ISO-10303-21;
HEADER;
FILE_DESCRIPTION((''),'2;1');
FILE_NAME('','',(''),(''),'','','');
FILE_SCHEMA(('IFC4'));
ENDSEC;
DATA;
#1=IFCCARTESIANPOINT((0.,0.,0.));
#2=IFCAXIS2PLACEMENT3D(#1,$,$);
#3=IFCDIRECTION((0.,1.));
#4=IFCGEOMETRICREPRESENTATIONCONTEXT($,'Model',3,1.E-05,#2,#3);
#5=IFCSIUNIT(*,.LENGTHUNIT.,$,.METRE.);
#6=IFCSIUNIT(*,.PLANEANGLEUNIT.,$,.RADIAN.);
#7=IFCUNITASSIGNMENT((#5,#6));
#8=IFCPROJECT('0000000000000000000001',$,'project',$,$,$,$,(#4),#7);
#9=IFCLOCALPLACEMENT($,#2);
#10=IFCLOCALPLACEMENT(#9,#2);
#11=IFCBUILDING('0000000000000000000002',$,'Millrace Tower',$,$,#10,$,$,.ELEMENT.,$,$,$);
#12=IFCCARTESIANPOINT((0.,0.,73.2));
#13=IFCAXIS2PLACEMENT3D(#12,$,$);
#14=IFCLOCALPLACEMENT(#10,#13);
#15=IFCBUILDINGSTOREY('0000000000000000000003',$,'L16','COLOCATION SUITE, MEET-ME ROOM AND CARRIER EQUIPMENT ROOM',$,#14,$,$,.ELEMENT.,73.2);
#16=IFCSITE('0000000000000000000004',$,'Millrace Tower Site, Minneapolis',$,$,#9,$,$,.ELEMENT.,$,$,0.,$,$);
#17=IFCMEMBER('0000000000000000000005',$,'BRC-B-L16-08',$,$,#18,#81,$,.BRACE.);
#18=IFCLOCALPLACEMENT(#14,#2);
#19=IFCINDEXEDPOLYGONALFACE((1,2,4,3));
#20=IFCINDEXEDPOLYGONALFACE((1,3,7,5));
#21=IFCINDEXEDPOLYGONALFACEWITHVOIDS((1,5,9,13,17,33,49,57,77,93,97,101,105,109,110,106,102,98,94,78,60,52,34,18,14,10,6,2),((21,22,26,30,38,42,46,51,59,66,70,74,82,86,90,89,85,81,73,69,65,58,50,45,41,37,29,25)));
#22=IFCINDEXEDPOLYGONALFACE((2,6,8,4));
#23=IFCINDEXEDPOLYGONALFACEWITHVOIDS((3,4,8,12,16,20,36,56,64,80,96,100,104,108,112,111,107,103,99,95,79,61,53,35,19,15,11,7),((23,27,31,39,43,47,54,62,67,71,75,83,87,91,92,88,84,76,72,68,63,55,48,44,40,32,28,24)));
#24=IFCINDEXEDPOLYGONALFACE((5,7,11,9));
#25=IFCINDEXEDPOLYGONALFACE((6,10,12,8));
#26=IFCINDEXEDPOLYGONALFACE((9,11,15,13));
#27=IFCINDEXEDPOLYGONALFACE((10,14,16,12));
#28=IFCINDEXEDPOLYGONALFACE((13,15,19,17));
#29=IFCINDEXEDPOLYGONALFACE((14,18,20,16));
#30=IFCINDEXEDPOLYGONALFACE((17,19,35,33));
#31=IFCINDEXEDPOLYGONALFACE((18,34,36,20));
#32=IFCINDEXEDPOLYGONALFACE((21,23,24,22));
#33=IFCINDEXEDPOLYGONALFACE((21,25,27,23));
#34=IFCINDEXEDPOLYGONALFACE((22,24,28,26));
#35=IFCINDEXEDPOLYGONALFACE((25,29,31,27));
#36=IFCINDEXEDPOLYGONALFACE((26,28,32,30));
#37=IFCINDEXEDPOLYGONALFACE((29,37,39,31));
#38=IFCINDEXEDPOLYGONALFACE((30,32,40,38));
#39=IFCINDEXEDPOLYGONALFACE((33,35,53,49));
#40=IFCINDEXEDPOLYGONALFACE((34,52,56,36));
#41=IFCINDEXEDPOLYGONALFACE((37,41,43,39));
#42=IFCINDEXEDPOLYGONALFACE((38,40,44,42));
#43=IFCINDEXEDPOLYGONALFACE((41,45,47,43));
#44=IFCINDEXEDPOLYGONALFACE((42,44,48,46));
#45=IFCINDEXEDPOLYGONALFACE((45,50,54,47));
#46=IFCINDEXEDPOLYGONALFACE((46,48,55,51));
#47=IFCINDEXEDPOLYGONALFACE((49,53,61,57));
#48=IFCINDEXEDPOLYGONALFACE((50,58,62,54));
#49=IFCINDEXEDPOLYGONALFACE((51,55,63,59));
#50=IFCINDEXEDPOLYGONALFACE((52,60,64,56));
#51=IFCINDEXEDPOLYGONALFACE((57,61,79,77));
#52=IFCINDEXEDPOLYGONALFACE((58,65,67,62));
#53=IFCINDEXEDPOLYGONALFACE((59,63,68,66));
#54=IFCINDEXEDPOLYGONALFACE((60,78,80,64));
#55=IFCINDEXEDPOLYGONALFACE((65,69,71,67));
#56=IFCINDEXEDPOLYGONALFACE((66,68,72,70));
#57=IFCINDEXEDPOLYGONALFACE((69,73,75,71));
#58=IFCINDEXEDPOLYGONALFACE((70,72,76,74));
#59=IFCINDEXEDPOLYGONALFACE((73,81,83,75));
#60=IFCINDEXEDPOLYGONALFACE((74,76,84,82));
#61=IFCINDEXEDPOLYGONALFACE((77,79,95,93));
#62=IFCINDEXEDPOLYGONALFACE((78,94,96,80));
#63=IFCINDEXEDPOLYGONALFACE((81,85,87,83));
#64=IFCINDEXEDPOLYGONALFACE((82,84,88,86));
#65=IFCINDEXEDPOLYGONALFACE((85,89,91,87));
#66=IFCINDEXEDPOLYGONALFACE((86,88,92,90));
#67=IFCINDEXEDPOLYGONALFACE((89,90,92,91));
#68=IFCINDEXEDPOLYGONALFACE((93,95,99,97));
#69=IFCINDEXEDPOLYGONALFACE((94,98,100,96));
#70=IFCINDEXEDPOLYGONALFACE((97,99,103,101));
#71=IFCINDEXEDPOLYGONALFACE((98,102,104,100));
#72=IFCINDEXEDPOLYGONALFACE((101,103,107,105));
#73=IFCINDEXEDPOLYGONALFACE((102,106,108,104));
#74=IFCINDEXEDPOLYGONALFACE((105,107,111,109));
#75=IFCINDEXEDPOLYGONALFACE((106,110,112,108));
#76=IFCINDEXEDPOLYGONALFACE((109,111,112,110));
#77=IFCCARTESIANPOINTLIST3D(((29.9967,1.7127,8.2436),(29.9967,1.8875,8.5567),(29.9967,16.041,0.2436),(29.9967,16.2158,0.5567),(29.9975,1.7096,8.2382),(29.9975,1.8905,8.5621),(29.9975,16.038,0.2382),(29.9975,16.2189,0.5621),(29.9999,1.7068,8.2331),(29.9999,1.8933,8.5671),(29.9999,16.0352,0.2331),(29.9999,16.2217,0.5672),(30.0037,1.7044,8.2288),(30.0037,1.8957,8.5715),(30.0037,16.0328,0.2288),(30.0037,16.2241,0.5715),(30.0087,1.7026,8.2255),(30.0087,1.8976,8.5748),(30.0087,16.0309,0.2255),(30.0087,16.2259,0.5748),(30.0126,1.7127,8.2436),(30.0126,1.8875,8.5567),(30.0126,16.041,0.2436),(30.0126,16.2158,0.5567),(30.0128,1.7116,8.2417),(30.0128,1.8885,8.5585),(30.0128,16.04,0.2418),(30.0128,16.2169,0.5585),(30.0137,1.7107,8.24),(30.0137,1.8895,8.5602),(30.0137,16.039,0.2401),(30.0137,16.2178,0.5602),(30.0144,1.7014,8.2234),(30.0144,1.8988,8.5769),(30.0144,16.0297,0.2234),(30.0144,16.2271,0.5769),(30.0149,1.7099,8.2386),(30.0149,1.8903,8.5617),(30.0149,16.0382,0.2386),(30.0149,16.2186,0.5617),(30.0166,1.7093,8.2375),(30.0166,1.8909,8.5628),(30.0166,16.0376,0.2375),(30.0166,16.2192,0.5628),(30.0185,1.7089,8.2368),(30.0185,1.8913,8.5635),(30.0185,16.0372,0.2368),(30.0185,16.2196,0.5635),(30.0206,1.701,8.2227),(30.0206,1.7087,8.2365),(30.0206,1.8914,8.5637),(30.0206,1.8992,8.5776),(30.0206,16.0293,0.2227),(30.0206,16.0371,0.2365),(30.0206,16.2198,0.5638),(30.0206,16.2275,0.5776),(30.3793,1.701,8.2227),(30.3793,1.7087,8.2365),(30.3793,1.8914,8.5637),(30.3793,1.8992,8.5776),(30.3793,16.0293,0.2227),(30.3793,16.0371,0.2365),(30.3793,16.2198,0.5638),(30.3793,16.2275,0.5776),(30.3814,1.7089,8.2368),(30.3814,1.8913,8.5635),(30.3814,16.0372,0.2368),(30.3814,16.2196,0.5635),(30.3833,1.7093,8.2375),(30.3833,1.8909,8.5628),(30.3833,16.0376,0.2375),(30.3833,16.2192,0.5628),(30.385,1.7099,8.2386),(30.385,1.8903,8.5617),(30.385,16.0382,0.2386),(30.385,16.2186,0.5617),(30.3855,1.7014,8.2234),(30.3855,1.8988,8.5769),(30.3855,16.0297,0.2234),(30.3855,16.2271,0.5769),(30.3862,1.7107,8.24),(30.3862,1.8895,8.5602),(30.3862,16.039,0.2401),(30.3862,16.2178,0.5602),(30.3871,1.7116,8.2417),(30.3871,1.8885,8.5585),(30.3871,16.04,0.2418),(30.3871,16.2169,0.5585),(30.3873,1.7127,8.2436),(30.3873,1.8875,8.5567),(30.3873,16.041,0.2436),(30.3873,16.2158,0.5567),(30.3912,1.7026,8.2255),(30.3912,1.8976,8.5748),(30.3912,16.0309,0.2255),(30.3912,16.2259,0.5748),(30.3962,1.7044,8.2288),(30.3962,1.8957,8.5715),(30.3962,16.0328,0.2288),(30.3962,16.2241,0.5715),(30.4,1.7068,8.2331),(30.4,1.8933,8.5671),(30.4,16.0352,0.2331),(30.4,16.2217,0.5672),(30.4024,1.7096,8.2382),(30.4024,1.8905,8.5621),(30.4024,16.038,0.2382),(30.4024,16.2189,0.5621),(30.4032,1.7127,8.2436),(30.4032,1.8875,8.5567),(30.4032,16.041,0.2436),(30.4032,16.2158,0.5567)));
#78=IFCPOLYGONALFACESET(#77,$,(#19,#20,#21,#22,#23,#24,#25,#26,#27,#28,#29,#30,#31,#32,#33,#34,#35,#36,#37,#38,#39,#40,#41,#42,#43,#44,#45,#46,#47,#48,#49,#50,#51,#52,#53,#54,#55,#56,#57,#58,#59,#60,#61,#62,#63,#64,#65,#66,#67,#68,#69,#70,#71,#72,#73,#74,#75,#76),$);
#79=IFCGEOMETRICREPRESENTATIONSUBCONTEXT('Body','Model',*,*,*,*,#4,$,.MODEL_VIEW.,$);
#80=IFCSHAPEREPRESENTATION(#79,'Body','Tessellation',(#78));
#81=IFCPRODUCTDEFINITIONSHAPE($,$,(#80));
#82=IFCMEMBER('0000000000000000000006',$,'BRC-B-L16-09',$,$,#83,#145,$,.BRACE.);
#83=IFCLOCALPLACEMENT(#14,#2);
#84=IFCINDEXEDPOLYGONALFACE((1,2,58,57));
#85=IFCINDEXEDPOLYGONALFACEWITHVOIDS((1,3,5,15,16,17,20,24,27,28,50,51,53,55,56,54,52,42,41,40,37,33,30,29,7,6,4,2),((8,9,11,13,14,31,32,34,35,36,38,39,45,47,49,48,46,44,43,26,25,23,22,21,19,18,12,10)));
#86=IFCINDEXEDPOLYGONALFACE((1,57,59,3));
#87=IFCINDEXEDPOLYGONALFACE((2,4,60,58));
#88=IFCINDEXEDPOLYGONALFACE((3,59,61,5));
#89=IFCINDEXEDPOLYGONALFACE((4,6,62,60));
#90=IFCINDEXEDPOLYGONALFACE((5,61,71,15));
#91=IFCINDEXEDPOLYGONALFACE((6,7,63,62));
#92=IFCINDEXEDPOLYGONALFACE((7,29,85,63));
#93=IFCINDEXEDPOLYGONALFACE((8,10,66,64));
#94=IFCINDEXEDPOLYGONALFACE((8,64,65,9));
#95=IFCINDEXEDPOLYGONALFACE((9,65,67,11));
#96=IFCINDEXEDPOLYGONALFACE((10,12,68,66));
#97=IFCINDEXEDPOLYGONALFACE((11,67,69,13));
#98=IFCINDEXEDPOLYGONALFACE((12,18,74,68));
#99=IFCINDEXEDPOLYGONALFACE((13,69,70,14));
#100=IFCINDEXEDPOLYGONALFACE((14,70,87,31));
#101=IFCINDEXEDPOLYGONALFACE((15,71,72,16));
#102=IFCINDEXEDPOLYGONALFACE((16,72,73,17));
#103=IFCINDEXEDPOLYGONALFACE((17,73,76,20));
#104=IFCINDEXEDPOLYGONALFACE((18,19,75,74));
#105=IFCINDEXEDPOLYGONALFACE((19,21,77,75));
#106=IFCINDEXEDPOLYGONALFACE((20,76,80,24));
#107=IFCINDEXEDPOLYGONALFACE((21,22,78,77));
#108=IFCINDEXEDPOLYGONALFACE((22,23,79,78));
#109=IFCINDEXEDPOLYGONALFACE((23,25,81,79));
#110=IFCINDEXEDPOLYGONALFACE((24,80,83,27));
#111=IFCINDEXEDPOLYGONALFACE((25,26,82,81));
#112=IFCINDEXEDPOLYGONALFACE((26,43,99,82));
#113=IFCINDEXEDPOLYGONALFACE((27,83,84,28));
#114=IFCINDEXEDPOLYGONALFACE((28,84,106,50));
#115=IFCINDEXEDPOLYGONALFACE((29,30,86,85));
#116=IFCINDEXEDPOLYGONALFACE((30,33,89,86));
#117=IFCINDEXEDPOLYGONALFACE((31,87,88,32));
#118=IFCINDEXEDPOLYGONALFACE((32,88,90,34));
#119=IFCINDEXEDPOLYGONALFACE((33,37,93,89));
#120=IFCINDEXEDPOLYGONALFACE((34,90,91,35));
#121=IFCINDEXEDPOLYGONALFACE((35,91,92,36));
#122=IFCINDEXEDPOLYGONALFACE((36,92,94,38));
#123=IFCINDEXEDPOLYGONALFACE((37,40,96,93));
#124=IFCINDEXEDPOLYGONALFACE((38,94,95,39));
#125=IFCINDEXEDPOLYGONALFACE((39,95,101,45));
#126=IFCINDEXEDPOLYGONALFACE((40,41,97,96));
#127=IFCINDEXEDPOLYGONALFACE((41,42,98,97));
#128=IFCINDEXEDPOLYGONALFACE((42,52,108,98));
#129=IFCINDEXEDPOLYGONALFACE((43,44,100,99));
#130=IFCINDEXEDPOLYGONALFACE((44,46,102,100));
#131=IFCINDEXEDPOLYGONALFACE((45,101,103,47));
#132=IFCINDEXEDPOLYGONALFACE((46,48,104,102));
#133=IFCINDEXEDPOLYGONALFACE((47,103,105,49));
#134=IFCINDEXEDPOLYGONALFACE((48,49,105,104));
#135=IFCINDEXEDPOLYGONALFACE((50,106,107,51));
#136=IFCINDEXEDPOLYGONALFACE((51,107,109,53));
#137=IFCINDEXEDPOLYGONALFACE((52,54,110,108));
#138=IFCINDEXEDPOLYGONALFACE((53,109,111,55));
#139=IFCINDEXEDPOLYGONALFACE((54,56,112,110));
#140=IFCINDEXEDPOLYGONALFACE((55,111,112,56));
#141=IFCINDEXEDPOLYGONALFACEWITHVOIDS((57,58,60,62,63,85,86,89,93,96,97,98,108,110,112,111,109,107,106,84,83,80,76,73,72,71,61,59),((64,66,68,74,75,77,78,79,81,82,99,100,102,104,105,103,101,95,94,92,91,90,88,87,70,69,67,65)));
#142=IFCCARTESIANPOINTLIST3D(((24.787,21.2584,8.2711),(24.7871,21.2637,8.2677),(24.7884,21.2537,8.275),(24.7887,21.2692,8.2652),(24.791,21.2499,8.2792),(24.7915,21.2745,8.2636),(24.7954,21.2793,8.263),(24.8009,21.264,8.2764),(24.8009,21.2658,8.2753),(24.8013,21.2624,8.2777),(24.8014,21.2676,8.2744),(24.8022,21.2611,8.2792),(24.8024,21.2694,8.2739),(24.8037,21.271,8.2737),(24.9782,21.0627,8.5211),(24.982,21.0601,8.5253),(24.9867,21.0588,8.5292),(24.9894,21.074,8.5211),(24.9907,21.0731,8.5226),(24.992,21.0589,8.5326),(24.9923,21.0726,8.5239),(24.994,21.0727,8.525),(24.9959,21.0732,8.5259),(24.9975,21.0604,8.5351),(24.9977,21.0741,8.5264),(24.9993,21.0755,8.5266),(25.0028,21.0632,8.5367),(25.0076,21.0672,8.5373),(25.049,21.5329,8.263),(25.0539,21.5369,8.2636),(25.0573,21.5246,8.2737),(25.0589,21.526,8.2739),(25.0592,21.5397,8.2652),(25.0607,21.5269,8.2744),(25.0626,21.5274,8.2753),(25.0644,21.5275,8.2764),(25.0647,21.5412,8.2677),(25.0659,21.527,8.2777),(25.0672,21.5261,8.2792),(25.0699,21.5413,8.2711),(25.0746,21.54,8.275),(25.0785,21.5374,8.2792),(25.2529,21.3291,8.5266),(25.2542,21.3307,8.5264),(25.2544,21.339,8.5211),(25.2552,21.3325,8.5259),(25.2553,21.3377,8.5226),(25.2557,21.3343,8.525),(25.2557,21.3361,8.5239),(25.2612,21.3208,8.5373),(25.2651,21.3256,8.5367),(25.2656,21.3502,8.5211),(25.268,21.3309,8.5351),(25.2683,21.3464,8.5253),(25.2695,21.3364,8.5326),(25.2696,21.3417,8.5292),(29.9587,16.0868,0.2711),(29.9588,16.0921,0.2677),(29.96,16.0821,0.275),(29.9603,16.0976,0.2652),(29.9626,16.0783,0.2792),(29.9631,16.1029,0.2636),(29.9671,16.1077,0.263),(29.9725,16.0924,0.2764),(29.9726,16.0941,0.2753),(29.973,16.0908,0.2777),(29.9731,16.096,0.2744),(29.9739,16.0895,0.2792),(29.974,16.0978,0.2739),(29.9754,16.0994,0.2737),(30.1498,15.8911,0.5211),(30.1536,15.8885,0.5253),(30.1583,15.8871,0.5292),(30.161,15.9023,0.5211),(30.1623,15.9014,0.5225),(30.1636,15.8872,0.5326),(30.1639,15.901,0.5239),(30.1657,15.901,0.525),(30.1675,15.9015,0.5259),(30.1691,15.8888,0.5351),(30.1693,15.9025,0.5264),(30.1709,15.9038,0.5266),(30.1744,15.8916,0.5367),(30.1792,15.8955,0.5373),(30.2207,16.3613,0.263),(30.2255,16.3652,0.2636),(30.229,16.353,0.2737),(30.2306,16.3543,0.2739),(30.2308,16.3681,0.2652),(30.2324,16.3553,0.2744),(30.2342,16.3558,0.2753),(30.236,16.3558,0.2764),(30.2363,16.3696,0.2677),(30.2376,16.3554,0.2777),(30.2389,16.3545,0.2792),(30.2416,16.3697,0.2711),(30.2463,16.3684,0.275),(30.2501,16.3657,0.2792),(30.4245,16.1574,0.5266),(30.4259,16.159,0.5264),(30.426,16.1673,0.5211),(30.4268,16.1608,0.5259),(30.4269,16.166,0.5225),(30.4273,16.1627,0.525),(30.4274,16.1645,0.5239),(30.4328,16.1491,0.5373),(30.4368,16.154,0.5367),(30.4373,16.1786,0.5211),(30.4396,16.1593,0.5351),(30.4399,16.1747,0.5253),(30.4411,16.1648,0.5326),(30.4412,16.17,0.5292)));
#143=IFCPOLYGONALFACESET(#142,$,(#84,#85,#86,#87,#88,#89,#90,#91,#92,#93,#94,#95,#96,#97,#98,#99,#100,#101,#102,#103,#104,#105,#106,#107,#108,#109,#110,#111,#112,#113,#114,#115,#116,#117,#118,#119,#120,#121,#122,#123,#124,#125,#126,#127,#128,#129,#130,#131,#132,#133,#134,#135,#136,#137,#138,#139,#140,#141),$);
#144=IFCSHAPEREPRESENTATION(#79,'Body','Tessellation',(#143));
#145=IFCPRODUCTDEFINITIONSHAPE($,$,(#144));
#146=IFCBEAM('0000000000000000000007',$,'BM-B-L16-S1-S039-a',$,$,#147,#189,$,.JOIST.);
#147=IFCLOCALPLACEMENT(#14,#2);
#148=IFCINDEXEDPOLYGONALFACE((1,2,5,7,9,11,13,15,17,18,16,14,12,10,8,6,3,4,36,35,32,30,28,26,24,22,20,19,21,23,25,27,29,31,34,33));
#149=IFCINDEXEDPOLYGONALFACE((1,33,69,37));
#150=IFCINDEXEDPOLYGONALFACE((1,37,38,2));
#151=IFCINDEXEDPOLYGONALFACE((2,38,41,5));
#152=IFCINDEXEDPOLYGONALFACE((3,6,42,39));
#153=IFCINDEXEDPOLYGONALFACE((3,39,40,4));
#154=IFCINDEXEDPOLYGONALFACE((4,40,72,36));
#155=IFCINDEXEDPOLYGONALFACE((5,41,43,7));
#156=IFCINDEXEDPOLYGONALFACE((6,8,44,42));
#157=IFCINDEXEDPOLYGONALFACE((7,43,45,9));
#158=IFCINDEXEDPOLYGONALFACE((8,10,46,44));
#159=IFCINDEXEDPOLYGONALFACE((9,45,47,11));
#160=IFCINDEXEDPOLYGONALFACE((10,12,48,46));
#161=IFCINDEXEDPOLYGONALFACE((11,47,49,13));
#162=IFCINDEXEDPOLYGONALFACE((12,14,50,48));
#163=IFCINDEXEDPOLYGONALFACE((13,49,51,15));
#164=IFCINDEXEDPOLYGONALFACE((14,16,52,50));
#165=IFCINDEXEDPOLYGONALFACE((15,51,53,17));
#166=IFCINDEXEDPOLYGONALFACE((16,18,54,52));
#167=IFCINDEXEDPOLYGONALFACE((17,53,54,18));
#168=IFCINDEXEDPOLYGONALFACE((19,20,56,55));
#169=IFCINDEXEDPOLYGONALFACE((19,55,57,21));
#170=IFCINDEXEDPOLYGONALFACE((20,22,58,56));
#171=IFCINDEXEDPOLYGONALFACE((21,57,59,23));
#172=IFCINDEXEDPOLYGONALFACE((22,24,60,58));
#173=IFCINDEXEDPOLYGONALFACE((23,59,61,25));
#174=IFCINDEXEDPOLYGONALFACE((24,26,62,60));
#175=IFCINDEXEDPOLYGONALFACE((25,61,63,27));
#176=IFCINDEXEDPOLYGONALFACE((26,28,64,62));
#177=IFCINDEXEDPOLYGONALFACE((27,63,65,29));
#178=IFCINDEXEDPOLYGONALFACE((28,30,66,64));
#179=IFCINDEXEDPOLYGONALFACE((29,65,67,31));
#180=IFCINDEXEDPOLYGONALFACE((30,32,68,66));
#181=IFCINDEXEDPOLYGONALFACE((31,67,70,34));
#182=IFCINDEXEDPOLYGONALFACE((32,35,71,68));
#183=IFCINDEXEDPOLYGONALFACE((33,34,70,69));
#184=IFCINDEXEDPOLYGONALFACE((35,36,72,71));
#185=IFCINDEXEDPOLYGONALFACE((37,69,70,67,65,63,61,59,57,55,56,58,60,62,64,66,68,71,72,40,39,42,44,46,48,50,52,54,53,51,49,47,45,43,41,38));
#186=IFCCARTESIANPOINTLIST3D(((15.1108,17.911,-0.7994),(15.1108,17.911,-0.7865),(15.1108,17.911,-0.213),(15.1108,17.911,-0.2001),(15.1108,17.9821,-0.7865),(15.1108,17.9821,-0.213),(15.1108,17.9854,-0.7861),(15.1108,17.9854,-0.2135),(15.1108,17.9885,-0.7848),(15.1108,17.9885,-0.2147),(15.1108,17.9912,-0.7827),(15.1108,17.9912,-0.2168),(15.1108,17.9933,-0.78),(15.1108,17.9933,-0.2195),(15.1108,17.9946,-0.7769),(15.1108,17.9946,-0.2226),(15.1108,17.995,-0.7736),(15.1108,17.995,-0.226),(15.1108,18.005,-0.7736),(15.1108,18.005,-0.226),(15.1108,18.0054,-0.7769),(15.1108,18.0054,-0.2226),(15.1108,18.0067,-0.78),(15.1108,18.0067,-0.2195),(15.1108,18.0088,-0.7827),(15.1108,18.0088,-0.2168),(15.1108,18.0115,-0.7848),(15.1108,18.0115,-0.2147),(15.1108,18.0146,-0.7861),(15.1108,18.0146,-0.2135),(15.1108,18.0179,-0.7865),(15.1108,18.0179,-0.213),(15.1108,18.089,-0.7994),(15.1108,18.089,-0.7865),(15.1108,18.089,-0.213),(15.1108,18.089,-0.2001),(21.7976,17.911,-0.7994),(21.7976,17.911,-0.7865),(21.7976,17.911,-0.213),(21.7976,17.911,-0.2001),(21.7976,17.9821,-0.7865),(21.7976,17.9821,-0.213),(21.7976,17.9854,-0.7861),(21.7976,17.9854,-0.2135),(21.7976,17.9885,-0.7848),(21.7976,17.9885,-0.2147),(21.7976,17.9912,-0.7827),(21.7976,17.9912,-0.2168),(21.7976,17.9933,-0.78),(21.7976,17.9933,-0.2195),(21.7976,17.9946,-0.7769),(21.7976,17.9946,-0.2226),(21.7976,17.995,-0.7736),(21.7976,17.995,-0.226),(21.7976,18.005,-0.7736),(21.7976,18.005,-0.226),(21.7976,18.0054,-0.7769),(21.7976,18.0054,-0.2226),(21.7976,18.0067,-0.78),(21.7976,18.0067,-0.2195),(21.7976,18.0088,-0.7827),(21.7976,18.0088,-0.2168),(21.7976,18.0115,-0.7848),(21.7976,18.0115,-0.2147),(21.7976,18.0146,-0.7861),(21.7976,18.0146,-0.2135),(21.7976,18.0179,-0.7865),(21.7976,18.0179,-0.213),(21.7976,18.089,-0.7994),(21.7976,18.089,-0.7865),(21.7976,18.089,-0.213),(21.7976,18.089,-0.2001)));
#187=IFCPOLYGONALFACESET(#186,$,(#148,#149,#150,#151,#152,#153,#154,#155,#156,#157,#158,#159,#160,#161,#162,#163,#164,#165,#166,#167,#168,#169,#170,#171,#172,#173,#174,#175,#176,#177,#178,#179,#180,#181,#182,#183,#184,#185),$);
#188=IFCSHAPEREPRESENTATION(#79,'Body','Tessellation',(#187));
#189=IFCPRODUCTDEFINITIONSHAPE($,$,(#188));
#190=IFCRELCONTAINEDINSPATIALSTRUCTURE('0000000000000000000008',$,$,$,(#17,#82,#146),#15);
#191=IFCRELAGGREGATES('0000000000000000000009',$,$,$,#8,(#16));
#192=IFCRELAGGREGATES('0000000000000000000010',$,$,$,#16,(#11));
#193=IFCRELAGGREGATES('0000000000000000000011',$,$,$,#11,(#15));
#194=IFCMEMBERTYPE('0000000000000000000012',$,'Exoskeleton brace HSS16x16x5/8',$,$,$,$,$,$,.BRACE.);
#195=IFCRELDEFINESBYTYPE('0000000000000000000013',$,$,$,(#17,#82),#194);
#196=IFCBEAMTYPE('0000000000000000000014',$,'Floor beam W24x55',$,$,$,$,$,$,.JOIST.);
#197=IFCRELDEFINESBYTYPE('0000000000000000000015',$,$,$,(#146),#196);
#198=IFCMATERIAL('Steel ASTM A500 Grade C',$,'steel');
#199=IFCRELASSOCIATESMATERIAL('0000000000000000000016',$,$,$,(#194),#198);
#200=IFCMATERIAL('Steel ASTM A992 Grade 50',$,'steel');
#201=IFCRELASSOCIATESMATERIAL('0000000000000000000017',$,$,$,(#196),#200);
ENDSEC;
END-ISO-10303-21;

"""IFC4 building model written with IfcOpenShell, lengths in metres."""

from ifc_helpers import new_model, si_unit, direction, frame, origin, origin_2d, place, context, subcontext, project, spatial, hollow_rectangle, i_section, extrude, material, material_profile, profile_set, type_object, element, save


model = new_model("IFC4")

# Units and contexts
model_context = context("Model", 3, precision=1e-05, world=origin(), true_north=direction((0.0, 1.0)))
body_context = subcontext(model_context, "Body", "Model", "MODEL_VIEW")
ifc_project = project(units=[si_unit("LENGTHUNIT", "METRE"), si_unit("PLANEANGLEUNIT", "RADIAN")], contexts=[model_context])

# Site, building, storey
site_placement = place(None, origin())
site = spatial("IfcSite", under=ifc_project, at=site_placement, Name="Millrace Tower Site, Minneapolis", CompositionType="ELEMENT", RefElevation=0.0)
building_placement = place(site_placement, origin())
building = spatial("IfcBuilding", under=site, at=building_placement, Name="Millrace Tower", CompositionType="ELEMENT")
storey_placement = place(building_placement, frame((0.0, 0.0, 73.2)))
storey = spatial("IfcBuildingStorey", under=building, at=storey_placement, Name="L16", Description="COLOCATION SUITE, MEET-ME ROOM AND CARRIER EQUIPMENT ROOM", CompositionType="ELEMENT", Elevation=73.2)

# Members
ifc_material_1 = material(Name="Steel ASTM A500 Grade C", Category="steel")
ifc_material_profile_1 = material_profile(ifc_material_1, hollow_rectangle(XDim=0.4065, YDim=0.4065, WallThickness=0.0159, InnerFilletRadius=0.0081, OuterFilletRadius=0.0239, at=origin_2d()))
ifc_profile_set_1 = profile_set([ifc_material_profile_1], Name="Steel ASTM A500 Grade C")
member_type_1 = type_object("IfcMemberType", Name="Exoskeleton brace HSS16x16x5/8", PredefinedType="BRACE", material=ifc_profile_set_1)
member_1_placement = place(storey_placement, frame((30.2, 16.1284, 0.4001), z_axis=(0.0, -0.873126, 0.487495), x_axis=(1.0, 0.0, 0.0)))
element("IfcMember", 1, at=member_1_placement, inside=storey, type_object=member_type_1, Name="BRC-B-L16-08", PredefinedType="BRACE", context=body_context, shape_type="SweptSolid", body=[
    extrude(hollow_rectangle(XDim=0.4065, YDim=0.4065, WallThickness=0.0159, InnerFilletRadius=0.0081, OuterFilletRadius=0.0239, at=origin_2d()), origin(), (0.0, 0.0, 1.0), 16.4104),
])
member_2_placement = place(storey_placement, frame((30.2, 16.1284, 0.4001), z_axis=(-0.477116, 0.477116, 0.738052), x_axis=(-0.707107, -0.707107, 0.0)))
element("IfcMember", 2, at=member_2_placement, inside=storey, type_object=member_type_1, Name="BRC-B-L16-09", PredefinedType="BRACE", context=body_context, shape_type="SweptSolid", body=[
    extrude(hollow_rectangle(XDim=0.4065, YDim=0.4065, WallThickness=0.0159, InnerFilletRadius=0.0081, OuterFilletRadius=0.0239, at=origin_2d()), origin(), (0.0, 0.0, 1.0), 10.8394),
])

# Beam
ifc_material_2 = material(Name="Steel ASTM A992 Grade 50", Category="steel")
ifc_material_profile_2 = material_profile(ifc_material_2, i_section(OverallWidth=0.178, OverallDepth=0.5994, WebThickness=0.01, FlangeThickness=0.0129, FilletRadius=0.0129, at=origin_2d()))
ifc_profile_set_2 = profile_set([ifc_material_profile_2], Name="Steel ASTM A992 Grade 50")
beam_type_1 = type_object("IfcBeamType", Name="Floor beam W24x55", PredefinedType="JOIST", material=ifc_profile_set_2)
beam_1_placement = place(storey_placement, frame((15.1108, 18.0, -0.4998), z_axis=(1.0, 0.0, 0.0), x_axis=(0.0, 1.0, 0.0)))
element("IfcBeam", 3, at=beam_1_placement, inside=storey, type_object=beam_type_1, Name="BM-B-L16-S1-S039-a", PredefinedType="JOIST", context=body_context, shape_type="SweptSolid", body=[
    extrude(i_section(OverallWidth=0.178, OverallDepth=0.5994, WebThickness=0.01, FlangeThickness=0.0129, FilletRadius=0.0129, at=origin_2d()), origin(), (0.0, 0.0, 1.0), 6.6868),
])

save(model, "model.ifc")
